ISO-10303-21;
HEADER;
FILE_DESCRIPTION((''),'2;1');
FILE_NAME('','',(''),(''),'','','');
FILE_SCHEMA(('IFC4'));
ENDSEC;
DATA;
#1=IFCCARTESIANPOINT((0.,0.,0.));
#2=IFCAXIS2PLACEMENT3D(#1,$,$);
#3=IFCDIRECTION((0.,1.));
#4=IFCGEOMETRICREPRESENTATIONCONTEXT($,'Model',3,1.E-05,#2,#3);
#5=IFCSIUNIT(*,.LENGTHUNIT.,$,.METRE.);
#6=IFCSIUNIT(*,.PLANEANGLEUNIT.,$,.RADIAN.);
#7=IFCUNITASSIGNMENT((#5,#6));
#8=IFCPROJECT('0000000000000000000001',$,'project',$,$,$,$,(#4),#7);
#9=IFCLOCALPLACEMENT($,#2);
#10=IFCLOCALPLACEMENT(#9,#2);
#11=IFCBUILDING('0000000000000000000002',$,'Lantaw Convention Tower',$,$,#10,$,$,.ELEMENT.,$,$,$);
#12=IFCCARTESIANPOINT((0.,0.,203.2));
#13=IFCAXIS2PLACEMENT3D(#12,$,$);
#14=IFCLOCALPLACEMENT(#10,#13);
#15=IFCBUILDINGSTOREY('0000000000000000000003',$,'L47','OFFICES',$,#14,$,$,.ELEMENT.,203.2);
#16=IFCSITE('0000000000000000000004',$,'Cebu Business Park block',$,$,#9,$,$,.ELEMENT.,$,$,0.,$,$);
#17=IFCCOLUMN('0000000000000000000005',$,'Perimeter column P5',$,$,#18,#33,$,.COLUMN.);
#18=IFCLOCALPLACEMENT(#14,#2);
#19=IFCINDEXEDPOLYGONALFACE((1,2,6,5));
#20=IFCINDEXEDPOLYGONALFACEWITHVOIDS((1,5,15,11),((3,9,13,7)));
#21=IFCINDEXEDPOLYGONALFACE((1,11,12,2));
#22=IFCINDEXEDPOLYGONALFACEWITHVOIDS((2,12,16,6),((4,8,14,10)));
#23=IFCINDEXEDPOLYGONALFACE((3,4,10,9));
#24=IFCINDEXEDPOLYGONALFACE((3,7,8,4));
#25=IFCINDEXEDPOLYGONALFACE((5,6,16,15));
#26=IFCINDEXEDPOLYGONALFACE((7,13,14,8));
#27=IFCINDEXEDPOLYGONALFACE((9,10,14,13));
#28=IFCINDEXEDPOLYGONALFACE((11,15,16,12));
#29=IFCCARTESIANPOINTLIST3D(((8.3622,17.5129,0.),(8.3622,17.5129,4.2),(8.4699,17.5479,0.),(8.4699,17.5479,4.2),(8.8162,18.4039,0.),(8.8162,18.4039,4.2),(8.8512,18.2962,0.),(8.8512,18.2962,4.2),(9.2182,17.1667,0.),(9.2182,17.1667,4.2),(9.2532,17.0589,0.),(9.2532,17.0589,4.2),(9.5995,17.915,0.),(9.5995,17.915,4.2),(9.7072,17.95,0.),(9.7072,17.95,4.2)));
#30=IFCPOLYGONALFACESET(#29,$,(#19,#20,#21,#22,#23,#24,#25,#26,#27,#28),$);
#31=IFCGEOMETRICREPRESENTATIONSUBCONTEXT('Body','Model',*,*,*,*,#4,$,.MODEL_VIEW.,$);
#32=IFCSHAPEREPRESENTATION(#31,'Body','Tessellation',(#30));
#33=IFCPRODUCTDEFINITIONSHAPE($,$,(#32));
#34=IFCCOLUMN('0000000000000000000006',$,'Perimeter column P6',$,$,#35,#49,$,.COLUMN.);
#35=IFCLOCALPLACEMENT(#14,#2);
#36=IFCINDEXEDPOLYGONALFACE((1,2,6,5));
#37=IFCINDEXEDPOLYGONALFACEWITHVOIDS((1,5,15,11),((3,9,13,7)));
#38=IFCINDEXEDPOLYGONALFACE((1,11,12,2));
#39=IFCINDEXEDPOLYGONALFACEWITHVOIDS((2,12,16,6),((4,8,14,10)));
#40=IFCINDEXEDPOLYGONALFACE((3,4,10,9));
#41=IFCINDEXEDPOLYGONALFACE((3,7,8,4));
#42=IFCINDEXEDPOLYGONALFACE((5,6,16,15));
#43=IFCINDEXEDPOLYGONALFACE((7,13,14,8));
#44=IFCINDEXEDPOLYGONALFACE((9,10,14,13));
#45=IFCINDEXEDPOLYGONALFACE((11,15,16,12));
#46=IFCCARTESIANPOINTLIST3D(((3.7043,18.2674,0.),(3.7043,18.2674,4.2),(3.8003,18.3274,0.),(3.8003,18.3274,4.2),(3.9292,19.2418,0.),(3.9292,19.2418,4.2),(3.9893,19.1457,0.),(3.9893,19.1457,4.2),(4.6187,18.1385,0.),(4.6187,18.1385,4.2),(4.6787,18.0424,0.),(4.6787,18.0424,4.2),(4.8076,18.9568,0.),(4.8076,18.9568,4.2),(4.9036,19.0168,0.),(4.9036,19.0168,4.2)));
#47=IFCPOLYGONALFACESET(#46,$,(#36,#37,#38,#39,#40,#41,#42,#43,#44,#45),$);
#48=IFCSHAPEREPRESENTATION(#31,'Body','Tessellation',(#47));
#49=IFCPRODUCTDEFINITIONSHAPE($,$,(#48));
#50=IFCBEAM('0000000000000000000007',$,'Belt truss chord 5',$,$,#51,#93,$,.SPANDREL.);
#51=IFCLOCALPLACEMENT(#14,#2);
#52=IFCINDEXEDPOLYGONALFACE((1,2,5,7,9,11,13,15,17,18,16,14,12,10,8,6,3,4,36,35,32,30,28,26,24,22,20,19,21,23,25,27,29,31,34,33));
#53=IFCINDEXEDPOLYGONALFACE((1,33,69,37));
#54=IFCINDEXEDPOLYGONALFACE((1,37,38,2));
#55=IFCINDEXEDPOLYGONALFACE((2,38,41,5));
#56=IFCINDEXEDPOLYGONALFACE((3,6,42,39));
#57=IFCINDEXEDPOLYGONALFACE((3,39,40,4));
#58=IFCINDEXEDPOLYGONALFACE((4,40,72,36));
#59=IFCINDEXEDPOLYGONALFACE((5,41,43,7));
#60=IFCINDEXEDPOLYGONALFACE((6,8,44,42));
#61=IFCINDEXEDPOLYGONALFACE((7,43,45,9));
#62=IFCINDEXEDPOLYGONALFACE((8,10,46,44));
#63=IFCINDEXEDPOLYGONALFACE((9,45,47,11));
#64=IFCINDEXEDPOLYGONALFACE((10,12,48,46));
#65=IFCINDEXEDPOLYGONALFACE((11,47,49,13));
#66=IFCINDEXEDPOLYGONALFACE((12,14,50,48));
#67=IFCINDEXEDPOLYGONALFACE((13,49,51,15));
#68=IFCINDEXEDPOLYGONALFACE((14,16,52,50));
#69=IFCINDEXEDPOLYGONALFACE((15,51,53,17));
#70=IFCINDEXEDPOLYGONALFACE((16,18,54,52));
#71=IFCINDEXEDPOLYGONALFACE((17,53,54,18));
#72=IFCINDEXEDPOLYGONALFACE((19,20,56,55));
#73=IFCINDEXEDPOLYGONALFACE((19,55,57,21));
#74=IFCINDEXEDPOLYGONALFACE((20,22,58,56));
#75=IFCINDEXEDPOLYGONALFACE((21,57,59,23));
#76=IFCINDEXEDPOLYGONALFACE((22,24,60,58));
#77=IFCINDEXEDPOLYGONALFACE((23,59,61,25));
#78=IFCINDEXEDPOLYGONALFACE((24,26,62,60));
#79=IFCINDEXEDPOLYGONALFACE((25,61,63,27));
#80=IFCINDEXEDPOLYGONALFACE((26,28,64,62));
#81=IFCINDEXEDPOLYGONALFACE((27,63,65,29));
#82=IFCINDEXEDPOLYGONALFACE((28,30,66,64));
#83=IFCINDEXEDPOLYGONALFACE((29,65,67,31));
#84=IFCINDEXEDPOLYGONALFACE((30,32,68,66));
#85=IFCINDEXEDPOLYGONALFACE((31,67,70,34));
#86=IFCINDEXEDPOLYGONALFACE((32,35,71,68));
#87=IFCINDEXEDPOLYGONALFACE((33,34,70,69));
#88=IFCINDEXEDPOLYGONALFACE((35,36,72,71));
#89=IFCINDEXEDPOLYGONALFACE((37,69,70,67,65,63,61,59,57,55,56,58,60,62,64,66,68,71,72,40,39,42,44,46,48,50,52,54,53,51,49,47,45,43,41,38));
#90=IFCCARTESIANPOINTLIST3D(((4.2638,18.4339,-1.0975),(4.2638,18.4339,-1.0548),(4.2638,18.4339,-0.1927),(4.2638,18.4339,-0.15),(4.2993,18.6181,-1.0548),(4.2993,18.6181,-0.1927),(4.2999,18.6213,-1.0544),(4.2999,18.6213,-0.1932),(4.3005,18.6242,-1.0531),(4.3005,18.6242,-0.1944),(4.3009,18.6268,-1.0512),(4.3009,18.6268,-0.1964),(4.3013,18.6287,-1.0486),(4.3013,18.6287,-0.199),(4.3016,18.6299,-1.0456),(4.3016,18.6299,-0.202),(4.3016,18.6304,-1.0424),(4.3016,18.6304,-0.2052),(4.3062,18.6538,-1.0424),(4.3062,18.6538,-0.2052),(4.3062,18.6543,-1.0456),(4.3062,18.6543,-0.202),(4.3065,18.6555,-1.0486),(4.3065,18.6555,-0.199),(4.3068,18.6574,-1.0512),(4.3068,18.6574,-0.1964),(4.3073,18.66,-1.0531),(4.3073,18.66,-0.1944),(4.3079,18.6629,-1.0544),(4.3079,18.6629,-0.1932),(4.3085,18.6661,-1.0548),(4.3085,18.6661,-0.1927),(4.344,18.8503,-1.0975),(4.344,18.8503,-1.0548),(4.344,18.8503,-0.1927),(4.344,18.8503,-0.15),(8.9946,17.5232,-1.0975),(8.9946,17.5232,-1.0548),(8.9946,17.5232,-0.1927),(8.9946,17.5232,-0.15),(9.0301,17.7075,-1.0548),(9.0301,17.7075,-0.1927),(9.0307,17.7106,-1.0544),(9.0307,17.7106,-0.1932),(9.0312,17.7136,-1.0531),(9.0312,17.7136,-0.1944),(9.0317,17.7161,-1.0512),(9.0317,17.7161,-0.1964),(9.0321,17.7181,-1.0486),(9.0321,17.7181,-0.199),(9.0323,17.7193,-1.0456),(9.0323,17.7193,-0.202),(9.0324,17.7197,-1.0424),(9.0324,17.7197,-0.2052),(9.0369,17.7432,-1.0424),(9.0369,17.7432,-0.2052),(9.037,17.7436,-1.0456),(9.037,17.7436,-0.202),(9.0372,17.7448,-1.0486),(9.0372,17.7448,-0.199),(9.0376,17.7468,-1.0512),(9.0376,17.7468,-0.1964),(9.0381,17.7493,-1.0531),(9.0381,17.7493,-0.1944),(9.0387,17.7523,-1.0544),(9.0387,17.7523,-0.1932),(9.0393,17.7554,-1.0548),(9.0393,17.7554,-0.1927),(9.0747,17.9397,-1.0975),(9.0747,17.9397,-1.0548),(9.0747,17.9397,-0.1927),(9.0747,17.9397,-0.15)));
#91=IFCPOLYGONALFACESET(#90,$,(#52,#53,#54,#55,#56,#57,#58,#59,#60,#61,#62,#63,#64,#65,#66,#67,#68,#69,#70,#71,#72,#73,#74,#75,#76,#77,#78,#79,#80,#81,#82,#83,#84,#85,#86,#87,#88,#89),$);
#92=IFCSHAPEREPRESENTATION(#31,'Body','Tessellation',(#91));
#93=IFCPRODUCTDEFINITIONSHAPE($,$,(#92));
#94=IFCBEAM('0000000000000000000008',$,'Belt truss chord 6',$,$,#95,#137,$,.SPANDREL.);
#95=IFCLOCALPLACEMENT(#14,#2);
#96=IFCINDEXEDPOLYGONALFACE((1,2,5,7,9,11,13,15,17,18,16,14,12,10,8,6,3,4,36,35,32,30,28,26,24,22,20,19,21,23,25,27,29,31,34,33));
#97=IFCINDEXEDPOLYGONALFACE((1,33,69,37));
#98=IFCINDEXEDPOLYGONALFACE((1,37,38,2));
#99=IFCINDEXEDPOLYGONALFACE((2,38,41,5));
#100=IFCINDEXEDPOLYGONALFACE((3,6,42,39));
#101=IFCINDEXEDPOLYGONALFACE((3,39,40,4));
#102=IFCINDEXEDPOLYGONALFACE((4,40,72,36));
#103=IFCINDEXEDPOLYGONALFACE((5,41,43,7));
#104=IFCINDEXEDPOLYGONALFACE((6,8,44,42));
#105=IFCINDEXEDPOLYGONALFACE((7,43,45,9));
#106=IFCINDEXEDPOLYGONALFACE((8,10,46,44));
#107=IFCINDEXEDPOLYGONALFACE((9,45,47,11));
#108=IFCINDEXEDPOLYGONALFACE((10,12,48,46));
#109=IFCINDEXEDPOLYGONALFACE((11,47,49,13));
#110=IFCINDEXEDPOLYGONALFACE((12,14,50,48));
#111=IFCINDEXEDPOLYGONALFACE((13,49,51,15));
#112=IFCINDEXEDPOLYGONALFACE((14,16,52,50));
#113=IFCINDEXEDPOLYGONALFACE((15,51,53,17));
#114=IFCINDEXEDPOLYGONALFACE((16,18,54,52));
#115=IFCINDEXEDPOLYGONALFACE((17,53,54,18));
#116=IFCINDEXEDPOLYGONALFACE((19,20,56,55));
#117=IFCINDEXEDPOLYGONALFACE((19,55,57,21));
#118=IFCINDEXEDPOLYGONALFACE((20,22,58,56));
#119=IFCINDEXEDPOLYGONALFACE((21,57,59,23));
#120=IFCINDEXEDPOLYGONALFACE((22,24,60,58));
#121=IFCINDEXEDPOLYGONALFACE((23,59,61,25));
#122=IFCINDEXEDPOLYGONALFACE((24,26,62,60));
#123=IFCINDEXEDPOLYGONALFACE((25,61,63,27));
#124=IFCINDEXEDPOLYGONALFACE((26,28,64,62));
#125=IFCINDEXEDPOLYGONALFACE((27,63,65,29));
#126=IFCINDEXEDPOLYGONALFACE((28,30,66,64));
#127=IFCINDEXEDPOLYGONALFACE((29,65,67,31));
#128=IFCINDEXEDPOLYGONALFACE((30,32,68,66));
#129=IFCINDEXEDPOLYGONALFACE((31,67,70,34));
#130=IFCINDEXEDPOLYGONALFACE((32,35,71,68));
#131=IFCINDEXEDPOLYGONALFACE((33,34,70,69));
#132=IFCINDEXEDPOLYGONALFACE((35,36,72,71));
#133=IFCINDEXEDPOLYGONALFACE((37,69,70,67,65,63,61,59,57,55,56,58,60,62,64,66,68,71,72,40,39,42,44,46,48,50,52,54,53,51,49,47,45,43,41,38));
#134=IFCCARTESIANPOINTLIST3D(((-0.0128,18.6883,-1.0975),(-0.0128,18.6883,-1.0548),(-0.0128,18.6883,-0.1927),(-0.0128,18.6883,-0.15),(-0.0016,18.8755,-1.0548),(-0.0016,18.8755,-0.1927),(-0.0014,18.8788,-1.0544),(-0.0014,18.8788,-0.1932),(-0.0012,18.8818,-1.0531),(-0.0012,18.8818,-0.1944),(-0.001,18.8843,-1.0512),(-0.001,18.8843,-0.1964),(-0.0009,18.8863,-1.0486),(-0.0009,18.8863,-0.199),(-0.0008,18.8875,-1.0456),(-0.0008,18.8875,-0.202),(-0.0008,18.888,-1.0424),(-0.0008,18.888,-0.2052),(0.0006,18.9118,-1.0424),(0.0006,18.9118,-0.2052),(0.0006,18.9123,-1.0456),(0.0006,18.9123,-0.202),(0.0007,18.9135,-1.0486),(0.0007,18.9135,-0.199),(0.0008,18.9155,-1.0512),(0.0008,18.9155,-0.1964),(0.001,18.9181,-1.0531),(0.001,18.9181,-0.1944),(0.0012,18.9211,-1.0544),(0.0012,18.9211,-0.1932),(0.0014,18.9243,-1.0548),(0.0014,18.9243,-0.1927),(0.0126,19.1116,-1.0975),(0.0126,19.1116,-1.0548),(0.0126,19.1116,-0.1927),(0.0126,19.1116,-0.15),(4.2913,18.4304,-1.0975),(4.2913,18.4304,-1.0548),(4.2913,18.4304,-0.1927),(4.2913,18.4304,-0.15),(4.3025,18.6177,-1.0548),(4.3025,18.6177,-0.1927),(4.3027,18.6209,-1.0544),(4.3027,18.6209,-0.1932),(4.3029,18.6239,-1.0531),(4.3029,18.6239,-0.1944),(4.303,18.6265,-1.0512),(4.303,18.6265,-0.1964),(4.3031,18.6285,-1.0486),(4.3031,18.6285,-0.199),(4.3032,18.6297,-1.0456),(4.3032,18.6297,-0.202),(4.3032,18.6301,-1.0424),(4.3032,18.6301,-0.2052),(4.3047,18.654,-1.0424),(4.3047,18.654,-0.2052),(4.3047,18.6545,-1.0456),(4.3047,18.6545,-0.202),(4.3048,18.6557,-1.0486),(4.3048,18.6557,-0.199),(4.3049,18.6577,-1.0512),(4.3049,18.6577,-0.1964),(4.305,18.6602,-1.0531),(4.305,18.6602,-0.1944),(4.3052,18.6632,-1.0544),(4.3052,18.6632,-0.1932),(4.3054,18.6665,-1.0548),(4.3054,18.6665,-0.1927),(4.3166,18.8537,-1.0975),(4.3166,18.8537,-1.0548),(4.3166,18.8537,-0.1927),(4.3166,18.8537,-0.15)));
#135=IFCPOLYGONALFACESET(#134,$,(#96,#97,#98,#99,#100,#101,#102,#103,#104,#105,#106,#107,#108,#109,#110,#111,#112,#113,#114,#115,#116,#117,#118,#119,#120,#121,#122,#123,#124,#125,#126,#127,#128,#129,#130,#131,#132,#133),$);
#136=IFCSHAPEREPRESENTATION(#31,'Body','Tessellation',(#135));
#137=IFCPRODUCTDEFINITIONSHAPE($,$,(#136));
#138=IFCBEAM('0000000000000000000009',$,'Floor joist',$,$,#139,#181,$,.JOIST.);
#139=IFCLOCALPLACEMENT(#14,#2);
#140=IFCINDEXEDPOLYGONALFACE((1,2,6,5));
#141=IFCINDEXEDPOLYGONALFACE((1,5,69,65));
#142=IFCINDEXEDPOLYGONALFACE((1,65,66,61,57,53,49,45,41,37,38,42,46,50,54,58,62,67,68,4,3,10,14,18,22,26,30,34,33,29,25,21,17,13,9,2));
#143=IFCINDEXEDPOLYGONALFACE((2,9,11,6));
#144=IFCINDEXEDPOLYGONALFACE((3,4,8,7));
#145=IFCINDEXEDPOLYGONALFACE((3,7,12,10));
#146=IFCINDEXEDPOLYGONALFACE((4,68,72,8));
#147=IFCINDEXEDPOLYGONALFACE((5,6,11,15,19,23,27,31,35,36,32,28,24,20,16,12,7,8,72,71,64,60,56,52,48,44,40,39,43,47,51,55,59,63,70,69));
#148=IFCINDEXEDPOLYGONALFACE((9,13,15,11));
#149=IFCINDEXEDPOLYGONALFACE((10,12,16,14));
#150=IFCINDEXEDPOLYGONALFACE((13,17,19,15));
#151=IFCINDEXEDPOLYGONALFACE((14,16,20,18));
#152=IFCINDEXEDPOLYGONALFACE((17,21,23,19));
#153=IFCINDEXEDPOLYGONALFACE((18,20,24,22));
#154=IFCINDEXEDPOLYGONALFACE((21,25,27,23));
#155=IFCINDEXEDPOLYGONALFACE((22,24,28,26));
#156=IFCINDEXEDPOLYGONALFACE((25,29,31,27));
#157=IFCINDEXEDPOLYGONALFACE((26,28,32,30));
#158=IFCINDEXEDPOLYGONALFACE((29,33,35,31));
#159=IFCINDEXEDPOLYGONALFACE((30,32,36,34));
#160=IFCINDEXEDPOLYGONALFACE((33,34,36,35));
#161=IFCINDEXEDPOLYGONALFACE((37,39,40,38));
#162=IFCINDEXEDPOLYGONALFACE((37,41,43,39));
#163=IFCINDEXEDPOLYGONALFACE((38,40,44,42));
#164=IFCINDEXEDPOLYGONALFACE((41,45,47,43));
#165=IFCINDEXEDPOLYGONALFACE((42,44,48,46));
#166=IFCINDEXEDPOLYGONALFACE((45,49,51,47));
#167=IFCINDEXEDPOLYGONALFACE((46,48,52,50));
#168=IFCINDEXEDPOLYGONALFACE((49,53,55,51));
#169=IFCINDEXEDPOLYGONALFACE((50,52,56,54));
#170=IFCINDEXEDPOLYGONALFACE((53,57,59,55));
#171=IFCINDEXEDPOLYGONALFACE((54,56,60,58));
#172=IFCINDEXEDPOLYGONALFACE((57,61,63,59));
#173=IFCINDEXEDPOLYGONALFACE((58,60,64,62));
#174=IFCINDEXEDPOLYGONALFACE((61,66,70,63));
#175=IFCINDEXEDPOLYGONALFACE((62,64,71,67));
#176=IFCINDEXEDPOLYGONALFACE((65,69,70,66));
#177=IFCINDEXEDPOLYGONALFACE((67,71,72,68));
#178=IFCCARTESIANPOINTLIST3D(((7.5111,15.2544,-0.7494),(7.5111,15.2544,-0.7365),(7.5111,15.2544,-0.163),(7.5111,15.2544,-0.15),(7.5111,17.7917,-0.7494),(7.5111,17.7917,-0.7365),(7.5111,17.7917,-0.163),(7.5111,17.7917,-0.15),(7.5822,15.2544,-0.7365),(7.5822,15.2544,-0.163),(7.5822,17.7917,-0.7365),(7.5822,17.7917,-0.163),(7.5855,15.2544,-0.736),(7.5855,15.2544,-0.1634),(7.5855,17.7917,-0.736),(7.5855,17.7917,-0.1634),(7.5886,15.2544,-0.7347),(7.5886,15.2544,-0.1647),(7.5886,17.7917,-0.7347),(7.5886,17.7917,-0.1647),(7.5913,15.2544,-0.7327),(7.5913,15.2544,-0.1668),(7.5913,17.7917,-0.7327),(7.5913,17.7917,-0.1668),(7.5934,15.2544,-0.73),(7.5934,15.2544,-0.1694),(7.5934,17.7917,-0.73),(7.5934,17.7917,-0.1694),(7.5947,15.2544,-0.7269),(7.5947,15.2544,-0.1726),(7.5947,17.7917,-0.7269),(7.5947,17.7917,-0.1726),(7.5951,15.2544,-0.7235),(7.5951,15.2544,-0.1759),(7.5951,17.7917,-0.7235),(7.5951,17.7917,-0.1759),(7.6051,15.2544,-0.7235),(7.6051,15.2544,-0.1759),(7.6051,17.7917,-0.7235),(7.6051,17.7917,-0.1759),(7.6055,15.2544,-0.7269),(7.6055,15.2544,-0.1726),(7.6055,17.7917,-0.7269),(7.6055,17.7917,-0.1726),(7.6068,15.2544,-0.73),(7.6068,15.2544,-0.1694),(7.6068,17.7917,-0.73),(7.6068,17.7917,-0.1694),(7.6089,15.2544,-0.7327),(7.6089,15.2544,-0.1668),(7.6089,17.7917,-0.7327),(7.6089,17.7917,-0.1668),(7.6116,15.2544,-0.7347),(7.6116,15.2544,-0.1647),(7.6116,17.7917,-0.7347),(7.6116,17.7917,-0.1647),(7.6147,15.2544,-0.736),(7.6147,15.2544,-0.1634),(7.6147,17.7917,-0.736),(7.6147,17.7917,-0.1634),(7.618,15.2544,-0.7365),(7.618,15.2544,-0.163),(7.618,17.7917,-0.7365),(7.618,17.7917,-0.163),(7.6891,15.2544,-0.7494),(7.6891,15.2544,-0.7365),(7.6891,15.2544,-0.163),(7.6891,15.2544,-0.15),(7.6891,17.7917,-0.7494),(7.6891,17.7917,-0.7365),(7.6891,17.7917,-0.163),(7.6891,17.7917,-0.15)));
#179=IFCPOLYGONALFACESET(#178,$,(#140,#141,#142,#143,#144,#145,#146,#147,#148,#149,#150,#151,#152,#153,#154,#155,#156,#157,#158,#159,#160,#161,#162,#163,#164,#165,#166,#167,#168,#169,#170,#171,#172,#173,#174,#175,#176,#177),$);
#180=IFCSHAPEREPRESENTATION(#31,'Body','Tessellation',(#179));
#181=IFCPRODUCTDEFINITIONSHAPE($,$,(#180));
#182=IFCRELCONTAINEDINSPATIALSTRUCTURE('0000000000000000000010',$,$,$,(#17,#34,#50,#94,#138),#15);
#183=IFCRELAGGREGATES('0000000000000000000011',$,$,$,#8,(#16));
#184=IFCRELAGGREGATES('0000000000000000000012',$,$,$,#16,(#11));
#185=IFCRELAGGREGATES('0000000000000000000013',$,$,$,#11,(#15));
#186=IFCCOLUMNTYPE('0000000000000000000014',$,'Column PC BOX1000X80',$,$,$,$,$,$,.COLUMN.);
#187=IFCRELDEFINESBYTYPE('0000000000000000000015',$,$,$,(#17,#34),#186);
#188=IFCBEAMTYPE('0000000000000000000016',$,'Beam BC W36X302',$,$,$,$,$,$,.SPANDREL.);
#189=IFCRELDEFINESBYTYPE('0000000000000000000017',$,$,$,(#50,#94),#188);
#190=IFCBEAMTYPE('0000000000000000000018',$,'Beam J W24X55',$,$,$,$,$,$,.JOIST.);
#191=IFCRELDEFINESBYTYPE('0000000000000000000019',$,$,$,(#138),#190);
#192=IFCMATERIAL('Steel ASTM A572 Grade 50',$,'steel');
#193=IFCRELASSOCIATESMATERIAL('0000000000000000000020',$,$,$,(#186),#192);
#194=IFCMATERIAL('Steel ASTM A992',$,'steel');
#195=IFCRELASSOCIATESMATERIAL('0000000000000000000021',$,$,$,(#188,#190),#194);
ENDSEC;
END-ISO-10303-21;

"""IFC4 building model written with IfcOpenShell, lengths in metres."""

from ifc_helpers import new_model, si_unit, direction, frame, origin, origin_2d, place, context, subcontext, project, spatial, rectangle, hollow_rectangle, i_section, extrude, material, material_profile, profile_set, type_object, element, save


model = new_model("IFC4")

# Units and contexts
model_context = context("Model", 3, precision=1e-05, world=origin(), true_north=direction((0.0, 1.0)))
body_context = subcontext(model_context, "Body", "Model", "MODEL_VIEW")
ifc_project = project(units=[si_unit("LENGTHUNIT", "METRE"), si_unit("PLANEANGLEUNIT", "RADIAN")], contexts=[model_context])

# Site, building, storey
site_placement = place(None, origin())
site = spatial("IfcSite", under=ifc_project, at=site_placement, Name="Cebu Business Park block", CompositionType="ELEMENT", RefElevation=0.0)
building_placement = place(site_placement, origin())
building = spatial("IfcBuilding", under=site, at=building_placement, Name="Lantaw Convention Tower", CompositionType="ELEMENT")
storey_placement = place(building_placement, frame((0.0, 0.0, 203.2)))
storey = spatial("IfcBuildingStorey", under=building, at=storey_placement, Name="L47", Description="OFFICES", CompositionType="ELEMENT", Elevation=203.2)

# Columns
ifc_material_1 = material(Name="Steel ASTM A572 Grade 50", Category="steel")
ifc_material_profile_1 = material_profile(ifc_material_1, hollow_rectangle(XDim=1.0, YDim=1.0, WallThickness=0.0801, at=origin_2d()), Name="BOX1000X80")
ifc_material_2 = material(Name="Concrete C60/75", Category="concrete")
ifc_material_profile_2 = material_profile(ifc_material_2, rectangle(XDim=0.8401, YDim=0.8401, at=origin_2d()), Name="Concrete fill of BOX1000X80")
ifc_profile_set_1 = profile_set([ifc_material_profile_1, ifc_material_profile_2], Name="Steel ASTM A572 Grade 50")
column_type = type_object("IfcColumnType", Name="Column PC BOX1000X80", PredefinedType="COLUMN", material=ifc_profile_set_1)
for number, where, z_axis, x_axis, name in (
    (1, (9.0347, 17.7314, 0.0), (0.0, 0.0, 1.0), (0.45399, 0.891007, 0.0), "Perimeter column P5"),
    (2, (4.304, 18.6421, 0.0), (0.0, 0.0, 1.0), (0.224951, 0.97437, 0.0), "Perimeter column P6"),
):
    element("IfcColumn", number, at=place(storey_placement, frame(where, z_axis=z_axis, x_axis=x_axis)), inside=storey, type_object=column_type, Name=name, PredefinedType="COLUMN", context=body_context, shape_type="SweptSolid", body=[
        extrude(hollow_rectangle(XDim=1.0, YDim=1.0, WallThickness=0.0801, at=origin_2d()), origin(), (0.0, 0.0, 1.0), 4.2),
    ])

# Beams
ifc_material_3 = material(Name="Steel ASTM A992", Category="steel")
ifc_material_profile_3 = material_profile(ifc_material_3, i_section(OverallWidth=0.4241, OverallDepth=0.9475, WebThickness=0.0239, FlangeThickness=0.0427, FilletRadius=0.0125, at=origin_2d()), Name="W36X302")
ifc_profile_set_2 = profile_set([ifc_material_profile_3], Name="Steel ASTM A992")
beam_type_1 = type_object("IfcBeamType", Name="Beam BC W36X302", PredefinedType="SPANDREL", material=ifc_profile_set_2)
beam_1_placement = place(storey_placement, frame((9.0347, 17.7314, -0.6238), z_axis=(-0.981972, 0.189026, 0.0), x_axis=(-0.189026, -0.981972, 0.0)))
element("IfcBeam", 3, at=beam_1_placement, inside=storey, type_object=beam_type_1, Name="Belt truss chord 5", PredefinedType="SPANDREL", context=body_context, shape_type="SweptSolid", body=[
    extrude(i_section(OverallWidth=0.4241, OverallDepth=0.9475, WebThickness=0.0239, FlangeThickness=0.0427, FilletRadius=0.0125, at=origin_2d()), origin(), (0.0, 0.0, 1.0), 4.8176),
])
beam_2_placement = place(storey_placement, frame((4.304, 18.6421, -0.6238), z_axis=(-0.998211, 0.059794, 0.0), x_axis=(-0.059794, -0.998211, 0.0)))
element("IfcBeam", 4, at=beam_2_placement, inside=storey, type_object=beam_type_1, Name="Belt truss chord 6", PredefinedType="SPANDREL", context=body_context, shape_type="SweptSolid", body=[
    extrude(i_section(OverallWidth=0.4241, OverallDepth=0.9475, WebThickness=0.0239, FlangeThickness=0.0427, FilletRadius=0.0125, at=origin_2d()), origin(), (0.0, 0.0, 1.0), 4.3118),
])
ifc_material_profile_4 = material_profile(ifc_material_3, i_section(OverallWidth=0.178, OverallDepth=0.5994, WebThickness=0.01, FlangeThickness=0.0129, FilletRadius=0.0129, at=origin_2d()), Name="W24X55")
ifc_profile_set_3 = profile_set([ifc_material_profile_4], Name="Steel ASTM A992")
beam_type_2 = type_object("IfcBeamType", Name="Beam J W24X55", PredefinedType="JOIST", material=ifc_profile_set_3)
beam_3_placement = place(storey_placement, frame((7.6001, 15.2544, -0.4497), z_axis=(0.0, 1.0, 0.0), x_axis=(-1.0, 0.0, 0.0)))
element("IfcBeam", 5, at=beam_3_placement, inside=storey, type_object=beam_type_2, Name="Floor joist", PredefinedType="JOIST", context=body_context, shape_type="SweptSolid", body=[
    extrude(i_section(OverallWidth=0.178, OverallDepth=0.5994, WebThickness=0.01, FlangeThickness=0.0129, FilletRadius=0.0129, at=origin_2d()), origin(), (0.0, 0.0, 1.0), 2.5374),
])

save(model, "model.ifc")
